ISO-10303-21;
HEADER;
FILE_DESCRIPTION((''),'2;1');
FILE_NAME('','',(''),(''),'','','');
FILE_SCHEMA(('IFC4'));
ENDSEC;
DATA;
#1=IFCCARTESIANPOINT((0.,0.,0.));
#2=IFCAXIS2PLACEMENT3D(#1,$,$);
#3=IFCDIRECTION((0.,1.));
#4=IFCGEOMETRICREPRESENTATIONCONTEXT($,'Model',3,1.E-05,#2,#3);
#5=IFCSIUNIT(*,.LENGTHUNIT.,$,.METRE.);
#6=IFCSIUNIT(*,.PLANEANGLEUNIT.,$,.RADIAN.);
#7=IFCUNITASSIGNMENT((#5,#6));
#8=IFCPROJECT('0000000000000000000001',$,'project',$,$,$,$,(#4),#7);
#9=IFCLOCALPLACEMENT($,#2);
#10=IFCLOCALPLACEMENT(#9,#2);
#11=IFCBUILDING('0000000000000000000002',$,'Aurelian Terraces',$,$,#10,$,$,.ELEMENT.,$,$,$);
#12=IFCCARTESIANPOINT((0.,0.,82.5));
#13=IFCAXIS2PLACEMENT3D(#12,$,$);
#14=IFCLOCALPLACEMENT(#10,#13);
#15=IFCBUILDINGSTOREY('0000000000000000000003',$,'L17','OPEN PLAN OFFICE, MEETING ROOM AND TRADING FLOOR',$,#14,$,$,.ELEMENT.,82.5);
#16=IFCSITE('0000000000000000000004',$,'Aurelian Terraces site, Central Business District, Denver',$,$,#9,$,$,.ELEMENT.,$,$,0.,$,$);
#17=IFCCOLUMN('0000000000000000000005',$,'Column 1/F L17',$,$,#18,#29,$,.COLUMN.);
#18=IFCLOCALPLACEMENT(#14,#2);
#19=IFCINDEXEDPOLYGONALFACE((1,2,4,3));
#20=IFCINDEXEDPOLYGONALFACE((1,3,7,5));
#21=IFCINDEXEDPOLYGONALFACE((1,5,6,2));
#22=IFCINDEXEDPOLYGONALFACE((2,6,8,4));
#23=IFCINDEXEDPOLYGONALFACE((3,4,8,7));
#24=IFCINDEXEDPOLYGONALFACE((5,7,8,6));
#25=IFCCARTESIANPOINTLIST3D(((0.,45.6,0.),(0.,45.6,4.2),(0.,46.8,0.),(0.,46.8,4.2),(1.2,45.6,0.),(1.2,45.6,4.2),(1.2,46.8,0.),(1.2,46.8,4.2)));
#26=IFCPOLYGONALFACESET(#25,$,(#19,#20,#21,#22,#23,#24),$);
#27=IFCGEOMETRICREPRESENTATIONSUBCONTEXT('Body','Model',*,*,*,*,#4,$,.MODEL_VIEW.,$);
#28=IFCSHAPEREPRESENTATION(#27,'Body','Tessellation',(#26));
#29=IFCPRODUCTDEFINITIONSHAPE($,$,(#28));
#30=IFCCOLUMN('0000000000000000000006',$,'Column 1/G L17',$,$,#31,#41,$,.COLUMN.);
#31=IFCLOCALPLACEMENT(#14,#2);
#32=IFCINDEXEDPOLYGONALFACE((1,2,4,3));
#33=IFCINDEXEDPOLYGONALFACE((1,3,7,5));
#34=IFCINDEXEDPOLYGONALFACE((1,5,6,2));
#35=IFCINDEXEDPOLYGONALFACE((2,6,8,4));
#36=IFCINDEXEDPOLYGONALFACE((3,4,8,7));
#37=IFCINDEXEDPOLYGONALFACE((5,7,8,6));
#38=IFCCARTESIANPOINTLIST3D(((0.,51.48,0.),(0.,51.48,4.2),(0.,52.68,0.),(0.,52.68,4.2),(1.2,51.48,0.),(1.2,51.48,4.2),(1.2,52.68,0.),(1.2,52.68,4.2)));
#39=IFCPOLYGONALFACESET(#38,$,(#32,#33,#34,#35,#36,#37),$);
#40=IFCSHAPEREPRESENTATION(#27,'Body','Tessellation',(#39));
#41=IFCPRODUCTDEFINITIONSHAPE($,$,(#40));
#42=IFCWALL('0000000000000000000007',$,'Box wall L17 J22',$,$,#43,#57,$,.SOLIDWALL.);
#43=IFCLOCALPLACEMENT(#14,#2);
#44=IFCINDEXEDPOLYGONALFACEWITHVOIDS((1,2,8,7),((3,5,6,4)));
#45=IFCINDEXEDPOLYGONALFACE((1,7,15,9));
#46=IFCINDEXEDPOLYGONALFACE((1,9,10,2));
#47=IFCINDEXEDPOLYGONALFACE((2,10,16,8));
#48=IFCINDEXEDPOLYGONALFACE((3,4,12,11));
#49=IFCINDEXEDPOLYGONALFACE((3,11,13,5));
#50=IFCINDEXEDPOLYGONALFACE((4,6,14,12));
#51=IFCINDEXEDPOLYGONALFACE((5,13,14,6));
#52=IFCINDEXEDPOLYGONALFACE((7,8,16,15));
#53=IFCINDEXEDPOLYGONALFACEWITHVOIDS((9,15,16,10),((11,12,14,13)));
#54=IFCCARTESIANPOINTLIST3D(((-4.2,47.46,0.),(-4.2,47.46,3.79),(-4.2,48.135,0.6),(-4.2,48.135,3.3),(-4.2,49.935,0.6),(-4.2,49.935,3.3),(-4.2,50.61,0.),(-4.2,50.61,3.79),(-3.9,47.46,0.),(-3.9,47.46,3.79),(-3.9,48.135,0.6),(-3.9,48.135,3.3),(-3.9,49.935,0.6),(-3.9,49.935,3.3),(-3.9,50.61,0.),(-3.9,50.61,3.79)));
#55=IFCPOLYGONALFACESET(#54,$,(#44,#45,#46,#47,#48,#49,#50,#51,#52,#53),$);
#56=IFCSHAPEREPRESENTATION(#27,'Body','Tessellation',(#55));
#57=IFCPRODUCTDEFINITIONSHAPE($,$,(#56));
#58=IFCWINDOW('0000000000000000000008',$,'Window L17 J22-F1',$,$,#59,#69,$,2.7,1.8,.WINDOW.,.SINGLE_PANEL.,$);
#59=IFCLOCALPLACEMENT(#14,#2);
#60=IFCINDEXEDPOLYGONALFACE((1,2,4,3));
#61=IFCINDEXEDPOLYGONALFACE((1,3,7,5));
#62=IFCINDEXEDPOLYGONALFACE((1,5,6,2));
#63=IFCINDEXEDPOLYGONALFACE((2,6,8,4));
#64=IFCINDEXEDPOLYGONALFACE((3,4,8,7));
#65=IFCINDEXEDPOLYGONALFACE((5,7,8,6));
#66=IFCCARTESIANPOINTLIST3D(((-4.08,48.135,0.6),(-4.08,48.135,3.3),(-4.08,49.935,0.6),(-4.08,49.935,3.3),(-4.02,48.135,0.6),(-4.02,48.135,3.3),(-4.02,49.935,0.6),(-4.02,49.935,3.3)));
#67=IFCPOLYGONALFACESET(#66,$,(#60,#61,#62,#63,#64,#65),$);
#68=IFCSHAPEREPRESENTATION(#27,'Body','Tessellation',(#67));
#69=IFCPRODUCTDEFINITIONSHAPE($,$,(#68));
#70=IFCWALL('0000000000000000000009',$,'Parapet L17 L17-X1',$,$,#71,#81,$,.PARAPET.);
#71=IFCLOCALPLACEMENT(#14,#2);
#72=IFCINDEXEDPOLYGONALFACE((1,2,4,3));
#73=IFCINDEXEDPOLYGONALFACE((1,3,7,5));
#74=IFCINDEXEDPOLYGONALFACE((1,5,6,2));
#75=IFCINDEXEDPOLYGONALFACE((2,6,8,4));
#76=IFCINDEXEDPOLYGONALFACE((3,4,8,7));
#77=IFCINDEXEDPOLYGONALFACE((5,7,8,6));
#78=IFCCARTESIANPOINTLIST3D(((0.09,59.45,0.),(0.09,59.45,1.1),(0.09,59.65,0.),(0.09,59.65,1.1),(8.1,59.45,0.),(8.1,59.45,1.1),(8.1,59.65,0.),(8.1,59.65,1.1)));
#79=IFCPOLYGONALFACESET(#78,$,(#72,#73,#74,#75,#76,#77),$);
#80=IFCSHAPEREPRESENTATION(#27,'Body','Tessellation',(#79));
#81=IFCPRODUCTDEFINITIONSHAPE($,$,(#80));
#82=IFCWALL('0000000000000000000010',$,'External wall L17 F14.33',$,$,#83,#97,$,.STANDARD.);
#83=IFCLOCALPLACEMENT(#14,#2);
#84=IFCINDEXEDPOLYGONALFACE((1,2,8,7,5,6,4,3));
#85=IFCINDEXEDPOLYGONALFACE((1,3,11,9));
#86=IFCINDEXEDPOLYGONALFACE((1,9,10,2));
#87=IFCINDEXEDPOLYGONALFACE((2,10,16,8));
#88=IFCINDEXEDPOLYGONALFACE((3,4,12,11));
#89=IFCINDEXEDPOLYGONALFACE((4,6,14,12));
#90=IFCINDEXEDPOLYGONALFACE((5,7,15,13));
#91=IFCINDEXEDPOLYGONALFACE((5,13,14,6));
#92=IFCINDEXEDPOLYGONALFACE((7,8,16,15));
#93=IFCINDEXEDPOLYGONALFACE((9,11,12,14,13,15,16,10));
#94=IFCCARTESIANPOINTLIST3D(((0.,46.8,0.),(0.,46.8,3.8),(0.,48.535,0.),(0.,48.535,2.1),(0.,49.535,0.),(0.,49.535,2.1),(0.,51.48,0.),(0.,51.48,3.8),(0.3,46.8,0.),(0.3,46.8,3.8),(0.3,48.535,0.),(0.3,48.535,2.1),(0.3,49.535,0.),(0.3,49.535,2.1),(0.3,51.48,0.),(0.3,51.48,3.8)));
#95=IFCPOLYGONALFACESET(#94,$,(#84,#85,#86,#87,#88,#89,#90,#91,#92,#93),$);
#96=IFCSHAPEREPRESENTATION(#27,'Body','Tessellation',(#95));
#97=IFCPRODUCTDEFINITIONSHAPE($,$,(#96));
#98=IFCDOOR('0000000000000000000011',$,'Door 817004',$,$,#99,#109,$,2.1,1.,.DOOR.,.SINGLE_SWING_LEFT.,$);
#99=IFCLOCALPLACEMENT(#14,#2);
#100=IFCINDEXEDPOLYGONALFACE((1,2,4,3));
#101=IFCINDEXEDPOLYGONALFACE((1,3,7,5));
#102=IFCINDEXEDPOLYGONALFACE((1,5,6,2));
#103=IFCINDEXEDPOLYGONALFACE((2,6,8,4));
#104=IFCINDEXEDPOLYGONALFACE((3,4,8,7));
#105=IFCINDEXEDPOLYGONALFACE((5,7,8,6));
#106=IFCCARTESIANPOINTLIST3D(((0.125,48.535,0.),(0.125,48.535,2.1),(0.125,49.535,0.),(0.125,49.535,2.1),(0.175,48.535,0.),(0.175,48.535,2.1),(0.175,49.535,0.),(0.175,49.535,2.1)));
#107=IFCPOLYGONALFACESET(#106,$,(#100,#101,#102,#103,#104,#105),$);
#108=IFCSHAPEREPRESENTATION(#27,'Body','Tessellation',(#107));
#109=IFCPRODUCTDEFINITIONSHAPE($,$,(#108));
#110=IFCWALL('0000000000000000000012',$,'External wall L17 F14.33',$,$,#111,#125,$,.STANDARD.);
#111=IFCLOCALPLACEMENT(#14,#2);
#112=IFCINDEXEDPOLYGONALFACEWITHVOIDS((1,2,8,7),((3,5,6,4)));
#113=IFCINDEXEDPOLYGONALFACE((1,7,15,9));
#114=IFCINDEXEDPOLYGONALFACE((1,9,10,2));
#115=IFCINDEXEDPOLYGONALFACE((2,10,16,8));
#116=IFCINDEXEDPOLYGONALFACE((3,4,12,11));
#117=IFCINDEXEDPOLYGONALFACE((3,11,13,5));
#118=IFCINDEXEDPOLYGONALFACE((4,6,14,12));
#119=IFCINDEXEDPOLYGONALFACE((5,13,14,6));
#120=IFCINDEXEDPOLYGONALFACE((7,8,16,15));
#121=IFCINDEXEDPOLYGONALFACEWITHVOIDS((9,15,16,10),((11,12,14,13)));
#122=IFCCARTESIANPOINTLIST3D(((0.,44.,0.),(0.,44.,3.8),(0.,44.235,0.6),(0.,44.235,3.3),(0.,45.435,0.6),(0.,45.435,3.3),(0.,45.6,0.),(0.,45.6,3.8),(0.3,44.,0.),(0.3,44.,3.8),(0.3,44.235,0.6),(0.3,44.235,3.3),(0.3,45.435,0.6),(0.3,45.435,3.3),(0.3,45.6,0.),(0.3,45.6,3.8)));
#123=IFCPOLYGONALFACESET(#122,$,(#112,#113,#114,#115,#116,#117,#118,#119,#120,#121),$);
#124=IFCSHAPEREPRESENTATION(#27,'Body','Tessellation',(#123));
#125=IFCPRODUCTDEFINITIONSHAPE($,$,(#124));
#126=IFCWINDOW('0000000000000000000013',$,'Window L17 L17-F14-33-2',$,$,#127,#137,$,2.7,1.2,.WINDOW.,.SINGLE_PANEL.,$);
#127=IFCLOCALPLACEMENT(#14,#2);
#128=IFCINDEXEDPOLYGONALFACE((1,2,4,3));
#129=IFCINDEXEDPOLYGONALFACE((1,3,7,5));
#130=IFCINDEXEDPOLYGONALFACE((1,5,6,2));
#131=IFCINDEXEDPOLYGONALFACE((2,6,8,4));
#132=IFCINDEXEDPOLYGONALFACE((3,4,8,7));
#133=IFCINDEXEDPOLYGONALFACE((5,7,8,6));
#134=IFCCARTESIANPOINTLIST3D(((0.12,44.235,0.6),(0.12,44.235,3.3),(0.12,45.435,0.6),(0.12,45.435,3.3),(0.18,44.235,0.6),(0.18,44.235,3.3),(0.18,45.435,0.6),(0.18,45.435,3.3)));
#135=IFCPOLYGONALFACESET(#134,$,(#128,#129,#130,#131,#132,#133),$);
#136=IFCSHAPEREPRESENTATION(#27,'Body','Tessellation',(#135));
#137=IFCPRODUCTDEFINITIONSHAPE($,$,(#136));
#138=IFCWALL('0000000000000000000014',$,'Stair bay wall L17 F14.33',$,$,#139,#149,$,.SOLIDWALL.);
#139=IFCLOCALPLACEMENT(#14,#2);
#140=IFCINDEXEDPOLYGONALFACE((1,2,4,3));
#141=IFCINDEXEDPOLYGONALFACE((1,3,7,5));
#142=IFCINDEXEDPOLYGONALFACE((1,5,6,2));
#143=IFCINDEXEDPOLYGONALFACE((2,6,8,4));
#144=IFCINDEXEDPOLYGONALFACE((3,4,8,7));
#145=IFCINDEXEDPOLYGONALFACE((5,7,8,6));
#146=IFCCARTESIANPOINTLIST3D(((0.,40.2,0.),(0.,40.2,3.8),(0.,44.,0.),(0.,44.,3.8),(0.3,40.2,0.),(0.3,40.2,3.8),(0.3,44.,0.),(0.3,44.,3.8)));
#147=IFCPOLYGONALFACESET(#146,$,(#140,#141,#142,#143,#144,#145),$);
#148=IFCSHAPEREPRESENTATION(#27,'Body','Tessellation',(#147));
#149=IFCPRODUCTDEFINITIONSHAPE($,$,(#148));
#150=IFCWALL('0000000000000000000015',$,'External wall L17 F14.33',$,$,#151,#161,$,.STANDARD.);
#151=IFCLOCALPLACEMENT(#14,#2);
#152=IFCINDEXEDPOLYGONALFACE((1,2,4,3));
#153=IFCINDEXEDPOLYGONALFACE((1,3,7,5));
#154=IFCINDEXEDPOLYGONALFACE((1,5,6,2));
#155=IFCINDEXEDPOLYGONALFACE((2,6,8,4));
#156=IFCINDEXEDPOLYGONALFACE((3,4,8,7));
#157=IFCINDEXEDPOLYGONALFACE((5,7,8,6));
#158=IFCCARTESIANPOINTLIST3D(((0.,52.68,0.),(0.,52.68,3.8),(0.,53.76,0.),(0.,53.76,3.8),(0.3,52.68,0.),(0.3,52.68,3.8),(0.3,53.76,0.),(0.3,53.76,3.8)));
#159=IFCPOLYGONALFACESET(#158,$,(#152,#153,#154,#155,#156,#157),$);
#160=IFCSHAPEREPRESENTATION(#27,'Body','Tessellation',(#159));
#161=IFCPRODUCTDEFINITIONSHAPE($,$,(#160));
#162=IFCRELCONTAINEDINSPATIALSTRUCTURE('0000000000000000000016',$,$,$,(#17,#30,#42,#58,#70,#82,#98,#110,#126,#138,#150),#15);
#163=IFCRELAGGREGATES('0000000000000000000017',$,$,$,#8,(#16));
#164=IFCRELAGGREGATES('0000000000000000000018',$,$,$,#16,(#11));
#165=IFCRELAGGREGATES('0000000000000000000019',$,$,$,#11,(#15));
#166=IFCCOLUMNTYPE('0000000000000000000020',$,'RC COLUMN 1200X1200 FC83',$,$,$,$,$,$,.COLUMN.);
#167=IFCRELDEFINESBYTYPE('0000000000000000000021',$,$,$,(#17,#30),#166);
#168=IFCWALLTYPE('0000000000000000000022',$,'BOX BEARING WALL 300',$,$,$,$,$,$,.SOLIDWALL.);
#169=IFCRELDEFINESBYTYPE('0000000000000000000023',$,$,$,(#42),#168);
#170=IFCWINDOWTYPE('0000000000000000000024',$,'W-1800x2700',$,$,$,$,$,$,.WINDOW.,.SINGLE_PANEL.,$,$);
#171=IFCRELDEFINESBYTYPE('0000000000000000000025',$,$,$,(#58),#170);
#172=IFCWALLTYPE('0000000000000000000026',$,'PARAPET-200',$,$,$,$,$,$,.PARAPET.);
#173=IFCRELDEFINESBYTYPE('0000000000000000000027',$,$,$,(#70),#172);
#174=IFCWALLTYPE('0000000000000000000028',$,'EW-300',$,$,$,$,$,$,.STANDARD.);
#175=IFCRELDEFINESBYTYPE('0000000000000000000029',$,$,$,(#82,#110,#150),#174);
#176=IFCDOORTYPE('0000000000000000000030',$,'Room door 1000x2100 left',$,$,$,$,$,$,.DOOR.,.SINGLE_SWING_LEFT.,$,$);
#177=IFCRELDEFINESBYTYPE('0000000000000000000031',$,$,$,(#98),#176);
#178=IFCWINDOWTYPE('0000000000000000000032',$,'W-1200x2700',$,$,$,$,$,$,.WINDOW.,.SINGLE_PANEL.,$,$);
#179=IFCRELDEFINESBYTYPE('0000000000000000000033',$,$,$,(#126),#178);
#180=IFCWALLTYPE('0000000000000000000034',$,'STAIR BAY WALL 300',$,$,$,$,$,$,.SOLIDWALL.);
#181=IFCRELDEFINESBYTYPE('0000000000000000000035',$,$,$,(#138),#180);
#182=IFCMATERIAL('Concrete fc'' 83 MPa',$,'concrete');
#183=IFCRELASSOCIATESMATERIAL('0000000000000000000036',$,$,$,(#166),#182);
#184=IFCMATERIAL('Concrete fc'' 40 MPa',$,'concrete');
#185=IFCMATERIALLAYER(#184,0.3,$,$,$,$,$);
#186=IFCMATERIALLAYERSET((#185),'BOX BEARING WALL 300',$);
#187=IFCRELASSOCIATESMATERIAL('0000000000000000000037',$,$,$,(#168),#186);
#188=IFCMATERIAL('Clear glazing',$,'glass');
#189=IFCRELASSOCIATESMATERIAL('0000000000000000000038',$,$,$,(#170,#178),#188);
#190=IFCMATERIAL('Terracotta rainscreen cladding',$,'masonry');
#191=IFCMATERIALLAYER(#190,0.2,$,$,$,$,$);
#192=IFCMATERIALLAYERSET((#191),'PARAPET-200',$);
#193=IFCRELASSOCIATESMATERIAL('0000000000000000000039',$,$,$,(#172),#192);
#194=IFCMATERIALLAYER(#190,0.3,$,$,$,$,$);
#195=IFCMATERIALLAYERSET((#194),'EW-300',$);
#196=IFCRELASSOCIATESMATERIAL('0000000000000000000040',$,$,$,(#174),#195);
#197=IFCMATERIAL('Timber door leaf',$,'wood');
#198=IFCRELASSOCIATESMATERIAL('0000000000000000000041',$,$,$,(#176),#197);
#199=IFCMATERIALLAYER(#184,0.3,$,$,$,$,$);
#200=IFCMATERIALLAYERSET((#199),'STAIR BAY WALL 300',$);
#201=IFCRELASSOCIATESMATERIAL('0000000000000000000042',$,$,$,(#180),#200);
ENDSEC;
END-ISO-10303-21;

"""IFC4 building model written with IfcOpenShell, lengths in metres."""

from ifc_helpers import new_model, si_unit, direction, frame, frame_2d, origin, origin_2d, place, context, subcontext, project, spatial, rectangle, extrude, source, transform, mapped, material, layer, layer_set, material_profile, profile_set, type_object, element, fill, save


model = new_model("IFC4")

# Units and contexts
model_context = context("Model", 3, precision=1e-05, world=origin(), true_north=direction((0.0, 1.0)))
body_context = subcontext(model_context, "Body", "Model", "MODEL_VIEW")
ifc_project = project(units=[si_unit("LENGTHUNIT", "METRE"), si_unit("PLANEANGLEUNIT", "RADIAN")], contexts=[model_context])

# Site, building, storey
site_placement = place(None, origin())
site = spatial("IfcSite", under=ifc_project, at=site_placement, Name="Aurelian Terraces site, Central Business District, Denver", CompositionType="ELEMENT", RefElevation=0.0)
building_placement = place(site_placement, origin())
building = spatial("IfcBuilding", under=site, at=building_placement, Name="Aurelian Terraces", CompositionType="ELEMENT")
storey_placement = place(building_placement, frame((0.0, 0.0, 82.5)))
storey = spatial("IfcBuildingStorey", under=building, at=storey_placement, Name="L17", Description="OPEN PLAN OFFICE, MEETING ROOM AND TRADING FLOOR", CompositionType="ELEMENT", Elevation=82.5)

# Columns
ifc_material_1 = material(Name="Concrete fc' 83 MPa", Category="concrete")
ifc_material_profile = material_profile(ifc_material_1, rectangle(XDim=1.2, YDim=1.2, at=origin_2d()))
ifc_profile_set = profile_set([ifc_material_profile], Name="Concrete fc' 83 MPa")
column_type = type_object("IfcColumnType", Name="RC COLUMN 1200X1200 FC83", PredefinedType="COLUMN", material=ifc_profile_set)
shared_shape_1 = source(origin(), body_context, "Body", "SweptSolid", [
    extrude(rectangle(XDim=1.2, YDim=1.2, at=origin_2d()), origin(), (0.0, 0.0, 1.0), 4.2),
])
for number, where, z_axis, x_axis, name in (
    (1, (0.6, 46.2, 0.0), (0.0, 0.0, 1.0), (1.0, 0.0, 0.0), "Column 1/F L17"),
    (2, (0.6, 52.08, 0.0), (0.0, 0.0, 1.0), (1.0, 0.0, 0.0), "Column 1/G L17"),
):
    element("IfcColumn", number, at=place(storey_placement, frame(where, z_axis=z_axis, x_axis=x_axis)), inside=storey, type_object=column_type, Name=name, PredefinedType="COLUMN", context=body_context, shape_type="MappedRepresentation", body=[
        mapped(shared_shape_1, transform((0.0, 0.0, 0.0), scale=1.0)),
    ])

# Wall, opening, window
ifc_material_2 = material(Name="Concrete fc' 40 MPa", Category="concrete")
ifc_layer_1 = layer(ifc_material_2, 0.3)
ifc_layer_set_1 = layer_set([ifc_layer_1], Name="BOX BEARING WALL 300")
wall_type_1 = type_object("IfcWallType", Name="BOX BEARING WALL 300", PredefinedType="SOLIDWALL", material=ifc_layer_set_1)
wall_1_placement = place(storey_placement, frame((-4.05, 50.61, 0.0), z_axis=(0.0, 0.0, 1.0), x_axis=(0.0, -1.0, 0.0)))
wall_1 = element("IfcWall", 3, at=wall_1_placement, inside=storey, type_object=wall_type_1, Name="Box wall L17 J22", PredefinedType="SOLIDWALL", context=body_context, shape_type="SweptSolid", body=[
    extrude(rectangle(XDim=3.15, YDim=0.3, at=frame_2d((1.575, 0.0))), origin(), (0.0, 0.0, 1.0), 3.79),
])
shared_shape_2 = source(origin(), body_context, "Body", "SweptSolid", [
    extrude(rectangle(XDim=1.8, YDim=2.7, at=frame_2d((0.9, 1.35))), frame((0.0, 0.16, 0.0), z_axis=(0.0, -1.0, 0.0), x_axis=(1.0, 0.0, 0.0)), (0.0, 0.0, 1.0), 0.32),
])
opening_1_placement = place(wall_1_placement, frame((0.675, 0.0, 0.6)))
opening_1 = element("IfcOpeningElement", 4, at=opening_1_placement, cuts=wall_1, PredefinedType="OPENING", context=body_context, shape_type="MappedRepresentation", body=[
    mapped(shared_shape_2, transform((0.0, 0.0, 0.0), scale=1.0)),
])
ifc_material_3 = material(Name="Clear glazing", Category="glass")
window_type_1 = type_object("IfcWindowType", Name="W-1800x2700", PartitioningType="SINGLE_PANEL", PredefinedType="WINDOW", material=ifc_material_3)
shared_shape_3 = source(origin(), body_context, "Body", "SweptSolid", [
    extrude(rectangle(XDim=1.8, YDim=2.7, at=frame_2d((0.9, 1.35))), frame((0.0, 0.03, 0.0), z_axis=(0.0, -1.0, 0.0), x_axis=(1.0, 0.0, 0.0)), (0.0, 0.0, 1.0), 0.06),
])
window_1_placement = place(opening_1_placement, origin())
window_1 = element("IfcWindow", 5, at=window_1_placement, inside=storey, type_object=window_type_1, Name="Window L17 J22-F1", OverallHeight=2.7, OverallWidth=1.8, PartitioningType="SINGLE_PANEL", PredefinedType="WINDOW", context=body_context, shape_type="MappedRepresentation", body=[
    mapped(shared_shape_3, transform((0.0, 0.0, 0.0), scale=1.0)),
])
fill(opening_1, window_1)

# Wall
ifc_material_4 = material(Name="Terracotta rainscreen cladding", Category="masonry")
ifc_layer_2 = layer(ifc_material_4, 0.2)
ifc_layer_set_2 = layer_set([ifc_layer_2], Name="PARAPET-200")
wall_type_2 = type_object("IfcWallType", Name="PARAPET-200", PredefinedType="PARAPET", material=ifc_layer_set_2)
wall_2_placement = place(storey_placement, frame((0.09, 59.55, 0.0), z_axis=(0.0, 0.0, 1.0), x_axis=(1.0, 0.0, 0.0)))
element("IfcWall", 6, at=wall_2_placement, inside=storey, type_object=wall_type_2, Name="Parapet L17 L17-X1", PredefinedType="PARAPET", context=body_context, shape_type="SweptSolid", body=[
    extrude(rectangle(XDim=8.01, YDim=0.2, at=frame_2d((4.005, 0.0))), origin(), (0.0, 0.0, 1.0), 1.1),
])

# Wall, opening, door
ifc_layer_3 = layer(ifc_material_4, 0.3)
ifc_layer_set_3 = layer_set([ifc_layer_3], Name="EW-300")
wall_type_3 = type_object("IfcWallType", Name="EW-300", PredefinedType="STANDARD", material=ifc_layer_set_3)
shared_shape_4 = source(origin(), body_context, "Body", "SweptSolid", [
    extrude(rectangle(XDim=4.68, YDim=0.3, at=frame_2d((2.34, 0.0))), origin(), (0.0, 0.0, 1.0), 3.8),
])
wall_3_placement = place(storey_placement, frame((0.15, 51.48, 0.0), z_axis=(0.0, 0.0, 1.0), x_axis=(0.0, -1.0, 0.0)))
wall_3 = element("IfcWall", 7, at=wall_3_placement, inside=storey, type_object=wall_type_3, Name="External wall L17 F14.33", PredefinedType="STANDARD", context=body_context, shape_type="MappedRepresentation", body=[
    mapped(shared_shape_4, transform((0.0, 0.0, 0.0), scale=1.0)),
])
shared_shape_5 = source(origin(), body_context, "Body", "SweptSolid", [
    extrude(rectangle(XDim=1.0, YDim=2.1, at=frame_2d((0.5, 1.05))), frame((0.0, 0.16, 0.0), z_axis=(0.0, -1.0, 0.0), x_axis=(1.0, 0.0, 0.0)), (0.0, 0.0, 1.0), 0.32),
])
opening_2_placement = place(wall_3_placement, frame((1.945, 0.0, 0.0)))
opening_2 = element("IfcOpeningElement", 8, at=opening_2_placement, cuts=wall_3, PredefinedType="OPENING", context=body_context, shape_type="MappedRepresentation", body=[
    mapped(shared_shape_5, transform((0.0, 0.0, 0.0), scale=1.0)),
])
ifc_material_5 = material(Name="Timber door leaf", Category="wood")
door_type_1 = type_object("IfcDoorType", Name="Room door 1000x2100 left", OperationType="SINGLE_SWING_LEFT", PredefinedType="DOOR", material=ifc_material_5)
shared_shape_6 = source(origin(), body_context, "Body", "SweptSolid", [
    extrude(rectangle(XDim=1.0, YDim=2.1, at=frame_2d((0.5, 1.05))), frame((0.0, 0.025, 0.0), z_axis=(0.0, -1.0, 0.0), x_axis=(1.0, 0.0, 0.0)), (0.0, 0.0, 1.0), 0.05),
])
door_1_placement = place(opening_2_placement, origin())
door_1 = element("IfcDoor", 9, at=door_1_placement, inside=storey, type_object=door_type_1, Name="Door 817004", OperationType="SINGLE_SWING_LEFT", OverallHeight=2.1, OverallWidth=1.0, PredefinedType="DOOR", context=body_context, shape_type="MappedRepresentation", body=[
    mapped(shared_shape_6, transform((0.0, 0.0, 0.0), scale=1.0)),
])
fill(opening_2, door_1)

# Wall, opening, window
shared_shape_7 = source(origin(), body_context, "Body", "SweptSolid", [
    extrude(rectangle(XDim=1.6, YDim=0.3, at=frame_2d((0.8, 0.0))), origin(), (0.0, 0.0, 1.0), 3.8),
])
wall_4_placement = place(storey_placement, frame((0.15, 45.6, 0.0), z_axis=(0.0, 0.0, 1.0), x_axis=(0.0, -1.0, 0.0)))
wall_4 = element("IfcWall", 10, at=wall_4_placement, inside=storey, type_object=wall_type_3, Name="External wall L17 F14.33", PredefinedType="STANDARD", context=body_context, shape_type="MappedRepresentation", body=[
    mapped(shared_shape_7, transform((0.0, 0.0, 0.0), scale=1.0)),
])
shared_shape_8 = source(origin(), body_context, "Body", "SweptSolid", [
    extrude(rectangle(XDim=1.2, YDim=2.7, at=frame_2d((0.6, 1.35))), frame((0.0, 0.16, 0.0), z_axis=(0.0, -1.0, 0.0), x_axis=(1.0, 0.0, 0.0)), (0.0, 0.0, 1.0), 0.32),
])
opening_3_placement = place(wall_4_placement, frame((0.165, 0.0, 0.6)))
opening_3 = element("IfcOpeningElement", 11, at=opening_3_placement, cuts=wall_4, PredefinedType="OPENING", context=body_context, shape_type="MappedRepresentation", body=[
    mapped(shared_shape_8, transform((0.0, 0.0, 0.0), scale=1.0)),
])
window_type_2 = type_object("IfcWindowType", Name="W-1200x2700", PartitioningType="SINGLE_PANEL", PredefinedType="WINDOW", material=ifc_material_3)
shared_shape_9 = source(origin(), body_context, "Body", "SweptSolid", [
    extrude(rectangle(XDim=1.2, YDim=2.7, at=frame_2d((0.6, 1.35))), frame((0.0, 0.03, 0.0), z_axis=(0.0, -1.0, 0.0), x_axis=(1.0, 0.0, 0.0)), (0.0, 0.0, 1.0), 0.06),
])
window_2_placement = place(opening_3_placement, origin())
window_2 = element("IfcWindow", 12, at=window_2_placement, inside=storey, type_object=window_type_2, Name="Window L17 L17-F14-33-2", OverallHeight=2.7, OverallWidth=1.2, PartitioningType="SINGLE_PANEL", PredefinedType="WINDOW", context=body_context, shape_type="MappedRepresentation", body=[
    mapped(shared_shape_9, transform((0.0, 0.0, 0.0), scale=1.0)),
])
fill(opening_3, window_2)

# Walls
ifc_layer_4 = layer(ifc_material_2, 0.3)
ifc_layer_set_4 = layer_set([ifc_layer_4], Name="STAIR BAY WALL 300")
wall_type_4 = type_object("IfcWallType", Name="STAIR BAY WALL 300", PredefinedType="SOLIDWALL", material=ifc_layer_set_4)
shared_shape_10 = source(origin(), body_context, "Body", "SweptSolid", [
    extrude(rectangle(XDim=3.8, YDim=0.3, at=frame_2d((1.9, 0.0))), origin(), (0.0, 0.0, 1.0), 3.8),
])
wall_5_placement = place(storey_placement, frame((0.15, 44.0, 0.0), z_axis=(0.0, 0.0, 1.0), x_axis=(0.0, -1.0, 0.0)))
element("IfcWall", 13, at=wall_5_placement, inside=storey, type_object=wall_type_4, Name="Stair bay wall L17 F14.33", PredefinedType="SOLIDWALL", context=body_context, shape_type="MappedRepresentation", body=[
    mapped(shared_shape_10, transform((0.0, 0.0, 0.0), scale=1.0)),
])
shared_shape_11 = source(origin(), body_context, "Body", "SweptSolid", [
    extrude(rectangle(XDim=1.08, YDim=0.3, at=frame_2d((0.54, 0.0))), origin(), (0.0, 0.0, 1.0), 3.8),
])
wall_6_placement = place(storey_placement, frame((0.15, 53.76, 0.0), z_axis=(0.0, 0.0, 1.0), x_axis=(0.0, -1.0, 0.0)))
element("IfcWall", 14, at=wall_6_placement, inside=storey, type_object=wall_type_3, Name="External wall L17 F14.33", PredefinedType="STANDARD", context=body_context, shape_type="MappedRepresentation", body=[
    mapped(shared_shape_11, transform((0.0, 0.0, 0.0), scale=1.0)),
])

save(model, "model.ifc")
